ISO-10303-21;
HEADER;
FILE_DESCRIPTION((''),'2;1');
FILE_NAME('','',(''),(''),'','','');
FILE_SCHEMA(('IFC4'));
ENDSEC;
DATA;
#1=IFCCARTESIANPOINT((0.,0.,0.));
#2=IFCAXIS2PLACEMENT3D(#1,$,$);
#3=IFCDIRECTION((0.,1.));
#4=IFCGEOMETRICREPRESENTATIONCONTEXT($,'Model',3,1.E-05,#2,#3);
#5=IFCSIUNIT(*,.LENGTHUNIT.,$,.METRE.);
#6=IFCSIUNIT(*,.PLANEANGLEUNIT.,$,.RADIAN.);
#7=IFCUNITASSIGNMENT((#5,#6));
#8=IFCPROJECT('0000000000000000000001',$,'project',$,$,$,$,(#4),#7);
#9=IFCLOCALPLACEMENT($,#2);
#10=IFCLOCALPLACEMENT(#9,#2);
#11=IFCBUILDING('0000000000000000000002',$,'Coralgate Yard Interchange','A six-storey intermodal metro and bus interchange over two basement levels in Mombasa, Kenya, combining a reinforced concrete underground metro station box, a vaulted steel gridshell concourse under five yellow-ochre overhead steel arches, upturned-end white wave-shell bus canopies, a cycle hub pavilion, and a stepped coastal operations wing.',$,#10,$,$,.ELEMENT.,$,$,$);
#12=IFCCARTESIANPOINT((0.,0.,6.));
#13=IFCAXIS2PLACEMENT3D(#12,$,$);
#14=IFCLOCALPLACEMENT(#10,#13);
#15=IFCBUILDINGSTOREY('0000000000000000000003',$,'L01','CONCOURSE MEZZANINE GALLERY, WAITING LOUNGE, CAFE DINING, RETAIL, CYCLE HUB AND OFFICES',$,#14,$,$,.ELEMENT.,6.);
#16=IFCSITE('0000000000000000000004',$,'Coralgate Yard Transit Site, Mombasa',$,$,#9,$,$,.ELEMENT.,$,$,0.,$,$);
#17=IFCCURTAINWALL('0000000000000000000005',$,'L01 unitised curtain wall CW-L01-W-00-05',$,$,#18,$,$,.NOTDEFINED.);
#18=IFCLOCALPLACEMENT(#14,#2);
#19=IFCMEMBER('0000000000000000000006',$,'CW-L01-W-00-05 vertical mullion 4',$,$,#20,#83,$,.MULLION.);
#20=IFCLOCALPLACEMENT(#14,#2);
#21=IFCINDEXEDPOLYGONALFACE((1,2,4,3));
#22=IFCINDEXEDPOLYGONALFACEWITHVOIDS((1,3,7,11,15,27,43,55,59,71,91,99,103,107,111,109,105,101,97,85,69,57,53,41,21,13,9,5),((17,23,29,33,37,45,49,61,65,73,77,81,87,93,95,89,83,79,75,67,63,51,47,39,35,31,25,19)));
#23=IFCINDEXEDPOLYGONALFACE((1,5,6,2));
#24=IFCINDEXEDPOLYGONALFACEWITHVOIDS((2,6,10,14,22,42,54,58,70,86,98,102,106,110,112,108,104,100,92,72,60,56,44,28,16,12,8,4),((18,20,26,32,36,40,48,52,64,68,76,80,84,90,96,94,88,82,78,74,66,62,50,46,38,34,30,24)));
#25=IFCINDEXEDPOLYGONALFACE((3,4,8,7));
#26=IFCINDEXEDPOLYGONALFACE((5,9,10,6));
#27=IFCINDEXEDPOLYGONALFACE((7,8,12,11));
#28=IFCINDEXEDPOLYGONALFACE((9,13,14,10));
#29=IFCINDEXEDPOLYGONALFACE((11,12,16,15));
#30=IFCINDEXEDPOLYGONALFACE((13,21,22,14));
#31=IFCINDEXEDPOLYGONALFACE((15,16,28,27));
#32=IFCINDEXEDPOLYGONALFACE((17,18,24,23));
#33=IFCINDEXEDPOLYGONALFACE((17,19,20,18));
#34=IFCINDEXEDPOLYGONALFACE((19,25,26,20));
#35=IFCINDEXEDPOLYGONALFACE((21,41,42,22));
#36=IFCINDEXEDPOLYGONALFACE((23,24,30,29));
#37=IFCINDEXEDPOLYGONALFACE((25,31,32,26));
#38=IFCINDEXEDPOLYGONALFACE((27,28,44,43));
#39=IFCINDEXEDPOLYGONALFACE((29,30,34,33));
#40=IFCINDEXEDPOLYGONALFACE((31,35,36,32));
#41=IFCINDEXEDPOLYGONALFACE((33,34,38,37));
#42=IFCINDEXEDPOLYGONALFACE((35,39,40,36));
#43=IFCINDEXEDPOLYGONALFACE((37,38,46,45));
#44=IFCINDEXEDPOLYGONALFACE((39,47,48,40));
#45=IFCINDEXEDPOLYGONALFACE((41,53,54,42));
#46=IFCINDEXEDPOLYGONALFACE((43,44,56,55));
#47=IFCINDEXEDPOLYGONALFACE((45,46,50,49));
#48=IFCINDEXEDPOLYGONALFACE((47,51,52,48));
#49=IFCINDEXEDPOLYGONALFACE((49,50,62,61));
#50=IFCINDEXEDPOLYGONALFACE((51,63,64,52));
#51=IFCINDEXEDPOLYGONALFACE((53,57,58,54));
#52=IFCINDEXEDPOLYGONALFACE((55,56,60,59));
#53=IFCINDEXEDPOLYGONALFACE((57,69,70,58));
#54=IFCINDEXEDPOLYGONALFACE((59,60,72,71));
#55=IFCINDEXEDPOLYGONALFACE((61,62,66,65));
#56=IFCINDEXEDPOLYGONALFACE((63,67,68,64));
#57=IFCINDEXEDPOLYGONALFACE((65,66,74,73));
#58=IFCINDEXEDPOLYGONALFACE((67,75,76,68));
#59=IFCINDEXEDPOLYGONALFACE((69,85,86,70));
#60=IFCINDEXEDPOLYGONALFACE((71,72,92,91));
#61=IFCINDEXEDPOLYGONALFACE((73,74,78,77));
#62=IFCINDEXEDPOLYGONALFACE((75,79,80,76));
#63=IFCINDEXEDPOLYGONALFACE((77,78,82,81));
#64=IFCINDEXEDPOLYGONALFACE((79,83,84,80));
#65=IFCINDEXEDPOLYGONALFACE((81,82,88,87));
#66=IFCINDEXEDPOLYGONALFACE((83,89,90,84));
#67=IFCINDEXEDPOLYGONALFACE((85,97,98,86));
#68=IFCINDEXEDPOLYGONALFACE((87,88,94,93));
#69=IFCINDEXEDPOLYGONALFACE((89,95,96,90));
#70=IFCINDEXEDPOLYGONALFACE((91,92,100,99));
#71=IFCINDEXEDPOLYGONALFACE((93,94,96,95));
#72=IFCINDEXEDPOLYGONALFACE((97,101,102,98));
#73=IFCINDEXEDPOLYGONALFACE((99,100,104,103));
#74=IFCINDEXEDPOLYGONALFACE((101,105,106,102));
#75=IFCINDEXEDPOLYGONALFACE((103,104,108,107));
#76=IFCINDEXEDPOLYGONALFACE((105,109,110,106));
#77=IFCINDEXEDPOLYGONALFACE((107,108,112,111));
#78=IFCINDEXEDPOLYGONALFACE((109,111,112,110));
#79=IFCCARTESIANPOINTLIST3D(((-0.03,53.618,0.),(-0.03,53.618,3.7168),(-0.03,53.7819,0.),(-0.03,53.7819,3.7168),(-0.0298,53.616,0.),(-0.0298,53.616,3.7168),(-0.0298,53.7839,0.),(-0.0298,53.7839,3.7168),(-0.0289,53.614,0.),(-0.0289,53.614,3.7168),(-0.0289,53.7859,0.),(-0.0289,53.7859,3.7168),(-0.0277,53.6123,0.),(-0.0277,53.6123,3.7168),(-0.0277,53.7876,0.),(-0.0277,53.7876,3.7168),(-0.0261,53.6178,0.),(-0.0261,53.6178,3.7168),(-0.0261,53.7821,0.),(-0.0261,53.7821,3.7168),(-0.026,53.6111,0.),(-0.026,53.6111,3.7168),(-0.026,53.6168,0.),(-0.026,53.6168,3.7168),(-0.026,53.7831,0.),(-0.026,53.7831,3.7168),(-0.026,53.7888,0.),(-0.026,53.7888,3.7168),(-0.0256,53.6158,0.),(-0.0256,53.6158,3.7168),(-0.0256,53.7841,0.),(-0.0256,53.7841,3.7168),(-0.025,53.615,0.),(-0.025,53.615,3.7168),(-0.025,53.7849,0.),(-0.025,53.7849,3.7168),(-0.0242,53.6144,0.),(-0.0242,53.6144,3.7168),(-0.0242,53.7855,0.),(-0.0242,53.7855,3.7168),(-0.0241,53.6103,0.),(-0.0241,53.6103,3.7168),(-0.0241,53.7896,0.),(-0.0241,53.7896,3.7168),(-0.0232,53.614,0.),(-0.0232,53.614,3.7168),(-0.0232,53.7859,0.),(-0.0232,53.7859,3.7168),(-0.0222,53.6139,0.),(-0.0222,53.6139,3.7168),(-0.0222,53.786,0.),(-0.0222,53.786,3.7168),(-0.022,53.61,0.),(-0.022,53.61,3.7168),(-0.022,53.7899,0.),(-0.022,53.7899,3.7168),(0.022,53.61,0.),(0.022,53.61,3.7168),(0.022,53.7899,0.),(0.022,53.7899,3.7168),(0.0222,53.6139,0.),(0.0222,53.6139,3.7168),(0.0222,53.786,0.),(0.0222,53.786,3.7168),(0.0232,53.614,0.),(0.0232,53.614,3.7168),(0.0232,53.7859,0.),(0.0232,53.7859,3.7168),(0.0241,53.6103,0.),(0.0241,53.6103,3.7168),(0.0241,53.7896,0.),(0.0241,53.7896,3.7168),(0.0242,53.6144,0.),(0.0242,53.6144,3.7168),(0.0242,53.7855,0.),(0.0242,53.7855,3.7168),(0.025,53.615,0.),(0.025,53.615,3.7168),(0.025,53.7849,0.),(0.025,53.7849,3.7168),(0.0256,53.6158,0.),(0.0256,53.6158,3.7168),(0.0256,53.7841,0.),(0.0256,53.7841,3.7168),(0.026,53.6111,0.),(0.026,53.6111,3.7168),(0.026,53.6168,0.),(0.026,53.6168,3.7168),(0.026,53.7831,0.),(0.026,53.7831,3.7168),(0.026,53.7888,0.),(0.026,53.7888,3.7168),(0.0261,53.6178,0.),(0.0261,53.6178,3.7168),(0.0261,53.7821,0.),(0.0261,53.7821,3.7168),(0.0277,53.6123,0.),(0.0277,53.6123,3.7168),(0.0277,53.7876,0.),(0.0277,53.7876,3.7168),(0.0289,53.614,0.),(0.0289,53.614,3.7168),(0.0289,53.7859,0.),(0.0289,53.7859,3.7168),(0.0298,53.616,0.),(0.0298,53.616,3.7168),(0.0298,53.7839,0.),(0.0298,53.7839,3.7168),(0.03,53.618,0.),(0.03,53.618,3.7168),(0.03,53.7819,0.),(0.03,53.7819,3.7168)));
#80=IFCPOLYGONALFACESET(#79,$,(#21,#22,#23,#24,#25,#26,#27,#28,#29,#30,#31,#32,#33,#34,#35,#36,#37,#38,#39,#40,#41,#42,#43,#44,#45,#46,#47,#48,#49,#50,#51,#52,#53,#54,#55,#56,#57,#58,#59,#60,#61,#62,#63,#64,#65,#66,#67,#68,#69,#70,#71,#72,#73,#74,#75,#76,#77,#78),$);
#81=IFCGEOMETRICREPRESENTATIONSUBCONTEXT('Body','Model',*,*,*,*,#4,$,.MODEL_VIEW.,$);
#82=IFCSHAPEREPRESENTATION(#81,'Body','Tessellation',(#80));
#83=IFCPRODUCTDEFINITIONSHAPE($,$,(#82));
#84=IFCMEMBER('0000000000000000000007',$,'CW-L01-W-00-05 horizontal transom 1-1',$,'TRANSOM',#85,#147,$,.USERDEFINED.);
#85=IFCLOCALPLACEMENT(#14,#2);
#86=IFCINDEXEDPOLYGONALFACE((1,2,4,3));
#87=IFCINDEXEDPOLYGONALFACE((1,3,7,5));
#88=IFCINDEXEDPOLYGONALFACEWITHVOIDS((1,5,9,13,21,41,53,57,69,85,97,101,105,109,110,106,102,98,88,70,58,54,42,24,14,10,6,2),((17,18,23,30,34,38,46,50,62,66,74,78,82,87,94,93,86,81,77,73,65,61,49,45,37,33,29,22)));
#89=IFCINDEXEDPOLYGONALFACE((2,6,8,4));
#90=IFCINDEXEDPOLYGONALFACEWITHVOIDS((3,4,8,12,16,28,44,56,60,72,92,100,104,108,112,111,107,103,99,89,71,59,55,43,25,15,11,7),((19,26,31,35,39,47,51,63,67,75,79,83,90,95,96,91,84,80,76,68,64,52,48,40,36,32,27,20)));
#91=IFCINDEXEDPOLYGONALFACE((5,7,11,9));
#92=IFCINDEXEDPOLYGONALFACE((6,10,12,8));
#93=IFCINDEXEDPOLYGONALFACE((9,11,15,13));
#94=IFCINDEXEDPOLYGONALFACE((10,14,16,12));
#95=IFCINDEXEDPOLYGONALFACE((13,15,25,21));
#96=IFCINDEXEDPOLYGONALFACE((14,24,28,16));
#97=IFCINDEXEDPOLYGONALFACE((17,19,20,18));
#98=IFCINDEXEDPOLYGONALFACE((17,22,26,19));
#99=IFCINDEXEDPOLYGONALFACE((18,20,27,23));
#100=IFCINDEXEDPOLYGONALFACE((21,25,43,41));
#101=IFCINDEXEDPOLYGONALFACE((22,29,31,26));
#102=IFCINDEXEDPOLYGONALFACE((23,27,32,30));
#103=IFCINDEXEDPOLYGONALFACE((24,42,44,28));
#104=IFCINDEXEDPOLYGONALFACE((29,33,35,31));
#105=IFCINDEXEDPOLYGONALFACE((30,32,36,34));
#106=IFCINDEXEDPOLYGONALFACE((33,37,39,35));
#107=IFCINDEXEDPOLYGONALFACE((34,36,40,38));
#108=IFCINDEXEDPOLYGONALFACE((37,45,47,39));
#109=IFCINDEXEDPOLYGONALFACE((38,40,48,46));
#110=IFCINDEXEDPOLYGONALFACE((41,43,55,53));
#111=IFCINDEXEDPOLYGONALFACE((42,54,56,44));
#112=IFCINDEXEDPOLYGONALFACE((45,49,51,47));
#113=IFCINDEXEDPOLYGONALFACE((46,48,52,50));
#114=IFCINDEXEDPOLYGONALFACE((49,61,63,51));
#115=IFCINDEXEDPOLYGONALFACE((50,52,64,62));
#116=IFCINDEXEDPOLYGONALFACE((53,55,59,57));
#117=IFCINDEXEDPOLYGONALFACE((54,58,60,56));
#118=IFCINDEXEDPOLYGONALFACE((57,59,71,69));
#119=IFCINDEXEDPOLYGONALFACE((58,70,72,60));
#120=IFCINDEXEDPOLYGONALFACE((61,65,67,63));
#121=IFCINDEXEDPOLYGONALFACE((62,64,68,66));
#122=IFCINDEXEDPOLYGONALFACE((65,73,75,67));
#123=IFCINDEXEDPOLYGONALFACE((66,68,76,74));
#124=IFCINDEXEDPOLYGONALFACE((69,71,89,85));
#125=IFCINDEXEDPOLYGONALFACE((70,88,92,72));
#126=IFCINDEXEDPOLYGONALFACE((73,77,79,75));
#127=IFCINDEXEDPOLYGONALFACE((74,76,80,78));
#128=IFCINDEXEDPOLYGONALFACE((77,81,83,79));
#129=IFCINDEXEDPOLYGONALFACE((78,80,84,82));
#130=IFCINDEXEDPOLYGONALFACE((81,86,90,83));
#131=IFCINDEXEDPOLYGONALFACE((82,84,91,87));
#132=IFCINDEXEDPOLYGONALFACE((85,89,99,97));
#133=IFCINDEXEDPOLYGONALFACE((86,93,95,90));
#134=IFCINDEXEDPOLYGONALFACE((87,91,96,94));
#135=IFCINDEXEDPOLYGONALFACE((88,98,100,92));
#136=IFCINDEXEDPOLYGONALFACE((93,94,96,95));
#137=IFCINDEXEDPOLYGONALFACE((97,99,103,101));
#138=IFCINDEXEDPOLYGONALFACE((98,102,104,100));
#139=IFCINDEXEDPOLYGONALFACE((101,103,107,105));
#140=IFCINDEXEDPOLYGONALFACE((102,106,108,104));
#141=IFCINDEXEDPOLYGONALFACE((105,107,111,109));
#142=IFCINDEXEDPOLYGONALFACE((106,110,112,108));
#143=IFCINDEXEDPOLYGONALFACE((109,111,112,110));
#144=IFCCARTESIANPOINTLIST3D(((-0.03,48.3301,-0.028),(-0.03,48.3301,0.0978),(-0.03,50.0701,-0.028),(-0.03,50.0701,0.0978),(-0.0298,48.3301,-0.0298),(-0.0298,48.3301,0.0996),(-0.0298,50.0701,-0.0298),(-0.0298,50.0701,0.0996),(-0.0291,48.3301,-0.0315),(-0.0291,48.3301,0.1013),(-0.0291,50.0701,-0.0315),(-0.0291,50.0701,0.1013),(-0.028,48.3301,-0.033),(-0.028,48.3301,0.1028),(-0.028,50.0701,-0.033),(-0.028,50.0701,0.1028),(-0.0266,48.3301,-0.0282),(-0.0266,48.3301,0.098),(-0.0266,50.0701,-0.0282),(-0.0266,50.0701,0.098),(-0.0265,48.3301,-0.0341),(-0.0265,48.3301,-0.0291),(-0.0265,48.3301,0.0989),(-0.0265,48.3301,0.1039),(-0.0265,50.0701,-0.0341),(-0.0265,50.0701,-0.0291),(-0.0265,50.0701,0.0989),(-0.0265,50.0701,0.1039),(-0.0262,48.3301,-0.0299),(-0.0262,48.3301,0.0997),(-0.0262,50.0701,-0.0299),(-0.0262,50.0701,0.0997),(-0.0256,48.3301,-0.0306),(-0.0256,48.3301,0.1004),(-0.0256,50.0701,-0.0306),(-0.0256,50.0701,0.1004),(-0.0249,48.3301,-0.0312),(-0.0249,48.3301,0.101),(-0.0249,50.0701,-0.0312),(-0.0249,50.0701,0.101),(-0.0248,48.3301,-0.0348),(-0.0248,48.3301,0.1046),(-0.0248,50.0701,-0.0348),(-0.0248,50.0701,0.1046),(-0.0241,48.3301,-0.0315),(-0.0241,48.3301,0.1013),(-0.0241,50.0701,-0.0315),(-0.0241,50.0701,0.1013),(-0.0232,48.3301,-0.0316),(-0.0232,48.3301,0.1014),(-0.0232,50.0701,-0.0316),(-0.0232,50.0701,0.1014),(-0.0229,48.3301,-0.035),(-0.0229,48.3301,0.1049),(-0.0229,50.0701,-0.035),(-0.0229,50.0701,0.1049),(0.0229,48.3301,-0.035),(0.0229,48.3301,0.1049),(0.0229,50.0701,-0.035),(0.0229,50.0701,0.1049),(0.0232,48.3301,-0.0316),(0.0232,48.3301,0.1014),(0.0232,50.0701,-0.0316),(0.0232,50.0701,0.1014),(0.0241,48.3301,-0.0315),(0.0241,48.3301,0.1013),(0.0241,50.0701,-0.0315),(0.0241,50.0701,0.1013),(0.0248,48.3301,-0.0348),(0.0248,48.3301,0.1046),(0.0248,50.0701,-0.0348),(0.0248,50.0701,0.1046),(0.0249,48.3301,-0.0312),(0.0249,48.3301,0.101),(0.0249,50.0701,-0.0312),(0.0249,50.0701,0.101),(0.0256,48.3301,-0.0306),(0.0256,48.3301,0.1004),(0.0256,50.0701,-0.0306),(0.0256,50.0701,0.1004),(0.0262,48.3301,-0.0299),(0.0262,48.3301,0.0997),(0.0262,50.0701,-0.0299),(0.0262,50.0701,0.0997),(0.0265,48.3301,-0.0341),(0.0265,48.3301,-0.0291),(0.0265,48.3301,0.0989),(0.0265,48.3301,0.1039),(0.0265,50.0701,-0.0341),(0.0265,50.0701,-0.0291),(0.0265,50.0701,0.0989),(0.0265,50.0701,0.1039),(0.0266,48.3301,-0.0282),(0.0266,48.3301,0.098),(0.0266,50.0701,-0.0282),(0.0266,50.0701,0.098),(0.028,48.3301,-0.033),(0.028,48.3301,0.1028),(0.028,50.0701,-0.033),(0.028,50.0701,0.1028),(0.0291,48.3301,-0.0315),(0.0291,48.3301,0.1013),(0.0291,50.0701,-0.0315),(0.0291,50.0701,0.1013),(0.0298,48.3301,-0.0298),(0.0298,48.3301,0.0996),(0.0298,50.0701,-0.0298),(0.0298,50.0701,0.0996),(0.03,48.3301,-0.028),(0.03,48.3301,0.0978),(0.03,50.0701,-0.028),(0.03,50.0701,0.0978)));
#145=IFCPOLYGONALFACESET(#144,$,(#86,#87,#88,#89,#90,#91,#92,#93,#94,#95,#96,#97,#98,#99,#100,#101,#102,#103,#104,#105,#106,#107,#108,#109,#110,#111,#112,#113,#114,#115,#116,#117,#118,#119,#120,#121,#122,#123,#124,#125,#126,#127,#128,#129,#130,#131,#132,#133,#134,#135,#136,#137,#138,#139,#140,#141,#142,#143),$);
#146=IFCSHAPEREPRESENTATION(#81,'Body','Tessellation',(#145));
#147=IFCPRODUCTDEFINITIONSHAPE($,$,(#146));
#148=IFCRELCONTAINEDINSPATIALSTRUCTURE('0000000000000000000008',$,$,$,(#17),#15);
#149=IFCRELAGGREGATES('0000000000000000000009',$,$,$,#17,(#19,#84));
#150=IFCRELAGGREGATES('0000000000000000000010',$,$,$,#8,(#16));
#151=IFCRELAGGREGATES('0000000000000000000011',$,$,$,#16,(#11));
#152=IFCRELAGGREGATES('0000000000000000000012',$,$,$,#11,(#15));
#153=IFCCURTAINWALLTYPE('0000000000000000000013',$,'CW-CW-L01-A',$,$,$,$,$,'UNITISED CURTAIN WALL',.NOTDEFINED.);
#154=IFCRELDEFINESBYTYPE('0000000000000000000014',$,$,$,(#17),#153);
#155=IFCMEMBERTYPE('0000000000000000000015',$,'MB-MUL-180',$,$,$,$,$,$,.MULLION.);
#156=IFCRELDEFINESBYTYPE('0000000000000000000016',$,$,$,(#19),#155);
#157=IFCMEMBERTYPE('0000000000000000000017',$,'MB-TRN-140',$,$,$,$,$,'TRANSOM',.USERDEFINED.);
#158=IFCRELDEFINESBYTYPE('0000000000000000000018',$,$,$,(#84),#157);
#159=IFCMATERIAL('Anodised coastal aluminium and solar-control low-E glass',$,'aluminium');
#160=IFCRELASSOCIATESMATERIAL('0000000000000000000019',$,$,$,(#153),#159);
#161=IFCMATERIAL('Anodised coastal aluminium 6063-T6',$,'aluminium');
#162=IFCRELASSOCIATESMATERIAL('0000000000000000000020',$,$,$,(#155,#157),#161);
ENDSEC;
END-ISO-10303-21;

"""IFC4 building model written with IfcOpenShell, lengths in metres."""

from ifc_helpers import new_model, si_unit, direction, frame, origin, origin_2d, place, context, subcontext, project, spatial, hollow_rectangle, extrude, material, material_profile, profile_set, type_object, element, aggregate, save


model = new_model("IFC4")

# Units and contexts
model_context = context("Model", 3, precision=1e-05, world=origin(), true_north=direction((0.0, 1.0)))
body_context = subcontext(model_context, "Body", "Model", "MODEL_VIEW")
ifc_project = project(units=[si_unit("LENGTHUNIT", "METRE"), si_unit("PLANEANGLEUNIT", "RADIAN")], contexts=[model_context])

# Site, building, storey
site_placement = place(None, origin())
site = spatial("IfcSite", under=ifc_project, at=site_placement, Name="Coralgate Yard Transit Site, Mombasa", CompositionType="ELEMENT", RefElevation=0.0)
building_placement = place(site_placement, origin())
building = spatial("IfcBuilding", under=site, at=building_placement, Name="Coralgate Yard Interchange", Description="A six-storey intermodal metro and bus interchange over two basement levels in Mombasa, Kenya, combining a reinforced concrete underground metro station box, a vaulted steel gridshell concourse under five yellow-ochre overhead steel arches, upturned-end white wave-shell bus canopies, a cycle hub pavilion, and a stepped coastal operations wing.", CompositionType="ELEMENT")
storey_placement = place(building_placement, frame((0.0, 0.0, 6.0)))
storey = spatial("IfcBuildingStorey", under=building, at=storey_placement, Name="L01", Description="CONCOURSE MEZZANINE GALLERY, WAITING LOUNGE, CAFE DINING, RETAIL, CYCLE HUB AND OFFICES", CompositionType="ELEMENT", Elevation=6.0)

# Curtain wall, members
ifc_material_1 = material(Name="Anodised coastal aluminium and solar-control low-E glass", Category="aluminium")
curtain_wall_type = type_object("IfcCurtainWallType", Name="CW-CW-L01-A", ElementType="UNITISED CURTAIN WALL", PredefinedType="NOTDEFINED", material=ifc_material_1)
curtain_wall_placement = place(storey_placement, origin())
curtain_wall = element("IfcCurtainWall", 1, at=curtain_wall_placement, inside=storey, type_object=curtain_wall_type, Name="L01 unitised curtain wall CW-L01-W-00-05", PredefinedType="NOTDEFINED")
ifc_material_2 = material(Name="Anodised coastal aluminium 6063-T6", Category="aluminium")
ifc_material_profile_1 = material_profile(ifc_material_2, hollow_rectangle(XDim=0.0601, YDim=0.1799, WallThickness=0.0039, InnerFilletRadius=0.0039, OuterFilletRadius=0.0081, at=origin_2d()), Name="ALU 60x180x4")
ifc_profile_set_1 = profile_set([ifc_material_profile_1], Name="Anodised coastal aluminium 6063-T6")
member_type_1 = type_object("IfcMemberType", Name="MB-MUL-180", PredefinedType="MULLION", material=ifc_profile_set_1)
member_1_placement = place(storey_placement, frame((0.0, 53.7, 0.0), z_axis=(0.0, 0.0, 1.0), x_axis=(1.0, 0.0, 0.0)))
member_1 = element("IfcMember", 2, at=member_1_placement, type_object=member_type_1, Name="CW-L01-W-00-05 vertical mullion 4", PredefinedType="MULLION", context=body_context, shape_type="SweptSolid", body=[
    extrude(hollow_rectangle(XDim=0.0601, YDim=0.1799, WallThickness=0.0039, InnerFilletRadius=0.0039, OuterFilletRadius=0.0081, at=origin_2d()), origin(), (0.0, 0.0, 1.0), 3.7168),
])
ifc_material_profile_2 = material_profile(ifc_material_2, hollow_rectangle(XDim=0.0601, YDim=0.1399, WallThickness=0.0034, InnerFilletRadius=0.0034, OuterFilletRadius=0.0071, at=origin_2d()), Name="ALU 60x140x3.5")
ifc_profile_set_2 = profile_set([ifc_material_profile_2], Name="Anodised coastal aluminium 6063-T6")
member_type_2 = type_object("IfcMemberType", Name="MB-TRN-140", ElementType="TRANSOM", PredefinedType="USERDEFINED", material=ifc_profile_set_2)
member_2_placement = place(storey_placement, frame((0.0, 48.3301, 0.0349), z_axis=(0.0, 1.0, 0.0), x_axis=(-1.0, 0.0, 0.0)))
member_2 = element("IfcMember", 3, at=member_2_placement, type_object=member_type_2, Name="CW-L01-W-00-05 horizontal transom 1-1", ObjectType="TRANSOM", PredefinedType="USERDEFINED", context=body_context, shape_type="SweptSolid", body=[
    extrude(hollow_rectangle(XDim=0.0601, YDim=0.1399, WallThickness=0.0034, InnerFilletRadius=0.0034, OuterFilletRadius=0.0071, at=origin_2d()), origin(), (0.0, 0.0, 1.0), 1.74),
])
aggregate(curtain_wall, [member_1, member_2])

save(model, "model.ifc")
